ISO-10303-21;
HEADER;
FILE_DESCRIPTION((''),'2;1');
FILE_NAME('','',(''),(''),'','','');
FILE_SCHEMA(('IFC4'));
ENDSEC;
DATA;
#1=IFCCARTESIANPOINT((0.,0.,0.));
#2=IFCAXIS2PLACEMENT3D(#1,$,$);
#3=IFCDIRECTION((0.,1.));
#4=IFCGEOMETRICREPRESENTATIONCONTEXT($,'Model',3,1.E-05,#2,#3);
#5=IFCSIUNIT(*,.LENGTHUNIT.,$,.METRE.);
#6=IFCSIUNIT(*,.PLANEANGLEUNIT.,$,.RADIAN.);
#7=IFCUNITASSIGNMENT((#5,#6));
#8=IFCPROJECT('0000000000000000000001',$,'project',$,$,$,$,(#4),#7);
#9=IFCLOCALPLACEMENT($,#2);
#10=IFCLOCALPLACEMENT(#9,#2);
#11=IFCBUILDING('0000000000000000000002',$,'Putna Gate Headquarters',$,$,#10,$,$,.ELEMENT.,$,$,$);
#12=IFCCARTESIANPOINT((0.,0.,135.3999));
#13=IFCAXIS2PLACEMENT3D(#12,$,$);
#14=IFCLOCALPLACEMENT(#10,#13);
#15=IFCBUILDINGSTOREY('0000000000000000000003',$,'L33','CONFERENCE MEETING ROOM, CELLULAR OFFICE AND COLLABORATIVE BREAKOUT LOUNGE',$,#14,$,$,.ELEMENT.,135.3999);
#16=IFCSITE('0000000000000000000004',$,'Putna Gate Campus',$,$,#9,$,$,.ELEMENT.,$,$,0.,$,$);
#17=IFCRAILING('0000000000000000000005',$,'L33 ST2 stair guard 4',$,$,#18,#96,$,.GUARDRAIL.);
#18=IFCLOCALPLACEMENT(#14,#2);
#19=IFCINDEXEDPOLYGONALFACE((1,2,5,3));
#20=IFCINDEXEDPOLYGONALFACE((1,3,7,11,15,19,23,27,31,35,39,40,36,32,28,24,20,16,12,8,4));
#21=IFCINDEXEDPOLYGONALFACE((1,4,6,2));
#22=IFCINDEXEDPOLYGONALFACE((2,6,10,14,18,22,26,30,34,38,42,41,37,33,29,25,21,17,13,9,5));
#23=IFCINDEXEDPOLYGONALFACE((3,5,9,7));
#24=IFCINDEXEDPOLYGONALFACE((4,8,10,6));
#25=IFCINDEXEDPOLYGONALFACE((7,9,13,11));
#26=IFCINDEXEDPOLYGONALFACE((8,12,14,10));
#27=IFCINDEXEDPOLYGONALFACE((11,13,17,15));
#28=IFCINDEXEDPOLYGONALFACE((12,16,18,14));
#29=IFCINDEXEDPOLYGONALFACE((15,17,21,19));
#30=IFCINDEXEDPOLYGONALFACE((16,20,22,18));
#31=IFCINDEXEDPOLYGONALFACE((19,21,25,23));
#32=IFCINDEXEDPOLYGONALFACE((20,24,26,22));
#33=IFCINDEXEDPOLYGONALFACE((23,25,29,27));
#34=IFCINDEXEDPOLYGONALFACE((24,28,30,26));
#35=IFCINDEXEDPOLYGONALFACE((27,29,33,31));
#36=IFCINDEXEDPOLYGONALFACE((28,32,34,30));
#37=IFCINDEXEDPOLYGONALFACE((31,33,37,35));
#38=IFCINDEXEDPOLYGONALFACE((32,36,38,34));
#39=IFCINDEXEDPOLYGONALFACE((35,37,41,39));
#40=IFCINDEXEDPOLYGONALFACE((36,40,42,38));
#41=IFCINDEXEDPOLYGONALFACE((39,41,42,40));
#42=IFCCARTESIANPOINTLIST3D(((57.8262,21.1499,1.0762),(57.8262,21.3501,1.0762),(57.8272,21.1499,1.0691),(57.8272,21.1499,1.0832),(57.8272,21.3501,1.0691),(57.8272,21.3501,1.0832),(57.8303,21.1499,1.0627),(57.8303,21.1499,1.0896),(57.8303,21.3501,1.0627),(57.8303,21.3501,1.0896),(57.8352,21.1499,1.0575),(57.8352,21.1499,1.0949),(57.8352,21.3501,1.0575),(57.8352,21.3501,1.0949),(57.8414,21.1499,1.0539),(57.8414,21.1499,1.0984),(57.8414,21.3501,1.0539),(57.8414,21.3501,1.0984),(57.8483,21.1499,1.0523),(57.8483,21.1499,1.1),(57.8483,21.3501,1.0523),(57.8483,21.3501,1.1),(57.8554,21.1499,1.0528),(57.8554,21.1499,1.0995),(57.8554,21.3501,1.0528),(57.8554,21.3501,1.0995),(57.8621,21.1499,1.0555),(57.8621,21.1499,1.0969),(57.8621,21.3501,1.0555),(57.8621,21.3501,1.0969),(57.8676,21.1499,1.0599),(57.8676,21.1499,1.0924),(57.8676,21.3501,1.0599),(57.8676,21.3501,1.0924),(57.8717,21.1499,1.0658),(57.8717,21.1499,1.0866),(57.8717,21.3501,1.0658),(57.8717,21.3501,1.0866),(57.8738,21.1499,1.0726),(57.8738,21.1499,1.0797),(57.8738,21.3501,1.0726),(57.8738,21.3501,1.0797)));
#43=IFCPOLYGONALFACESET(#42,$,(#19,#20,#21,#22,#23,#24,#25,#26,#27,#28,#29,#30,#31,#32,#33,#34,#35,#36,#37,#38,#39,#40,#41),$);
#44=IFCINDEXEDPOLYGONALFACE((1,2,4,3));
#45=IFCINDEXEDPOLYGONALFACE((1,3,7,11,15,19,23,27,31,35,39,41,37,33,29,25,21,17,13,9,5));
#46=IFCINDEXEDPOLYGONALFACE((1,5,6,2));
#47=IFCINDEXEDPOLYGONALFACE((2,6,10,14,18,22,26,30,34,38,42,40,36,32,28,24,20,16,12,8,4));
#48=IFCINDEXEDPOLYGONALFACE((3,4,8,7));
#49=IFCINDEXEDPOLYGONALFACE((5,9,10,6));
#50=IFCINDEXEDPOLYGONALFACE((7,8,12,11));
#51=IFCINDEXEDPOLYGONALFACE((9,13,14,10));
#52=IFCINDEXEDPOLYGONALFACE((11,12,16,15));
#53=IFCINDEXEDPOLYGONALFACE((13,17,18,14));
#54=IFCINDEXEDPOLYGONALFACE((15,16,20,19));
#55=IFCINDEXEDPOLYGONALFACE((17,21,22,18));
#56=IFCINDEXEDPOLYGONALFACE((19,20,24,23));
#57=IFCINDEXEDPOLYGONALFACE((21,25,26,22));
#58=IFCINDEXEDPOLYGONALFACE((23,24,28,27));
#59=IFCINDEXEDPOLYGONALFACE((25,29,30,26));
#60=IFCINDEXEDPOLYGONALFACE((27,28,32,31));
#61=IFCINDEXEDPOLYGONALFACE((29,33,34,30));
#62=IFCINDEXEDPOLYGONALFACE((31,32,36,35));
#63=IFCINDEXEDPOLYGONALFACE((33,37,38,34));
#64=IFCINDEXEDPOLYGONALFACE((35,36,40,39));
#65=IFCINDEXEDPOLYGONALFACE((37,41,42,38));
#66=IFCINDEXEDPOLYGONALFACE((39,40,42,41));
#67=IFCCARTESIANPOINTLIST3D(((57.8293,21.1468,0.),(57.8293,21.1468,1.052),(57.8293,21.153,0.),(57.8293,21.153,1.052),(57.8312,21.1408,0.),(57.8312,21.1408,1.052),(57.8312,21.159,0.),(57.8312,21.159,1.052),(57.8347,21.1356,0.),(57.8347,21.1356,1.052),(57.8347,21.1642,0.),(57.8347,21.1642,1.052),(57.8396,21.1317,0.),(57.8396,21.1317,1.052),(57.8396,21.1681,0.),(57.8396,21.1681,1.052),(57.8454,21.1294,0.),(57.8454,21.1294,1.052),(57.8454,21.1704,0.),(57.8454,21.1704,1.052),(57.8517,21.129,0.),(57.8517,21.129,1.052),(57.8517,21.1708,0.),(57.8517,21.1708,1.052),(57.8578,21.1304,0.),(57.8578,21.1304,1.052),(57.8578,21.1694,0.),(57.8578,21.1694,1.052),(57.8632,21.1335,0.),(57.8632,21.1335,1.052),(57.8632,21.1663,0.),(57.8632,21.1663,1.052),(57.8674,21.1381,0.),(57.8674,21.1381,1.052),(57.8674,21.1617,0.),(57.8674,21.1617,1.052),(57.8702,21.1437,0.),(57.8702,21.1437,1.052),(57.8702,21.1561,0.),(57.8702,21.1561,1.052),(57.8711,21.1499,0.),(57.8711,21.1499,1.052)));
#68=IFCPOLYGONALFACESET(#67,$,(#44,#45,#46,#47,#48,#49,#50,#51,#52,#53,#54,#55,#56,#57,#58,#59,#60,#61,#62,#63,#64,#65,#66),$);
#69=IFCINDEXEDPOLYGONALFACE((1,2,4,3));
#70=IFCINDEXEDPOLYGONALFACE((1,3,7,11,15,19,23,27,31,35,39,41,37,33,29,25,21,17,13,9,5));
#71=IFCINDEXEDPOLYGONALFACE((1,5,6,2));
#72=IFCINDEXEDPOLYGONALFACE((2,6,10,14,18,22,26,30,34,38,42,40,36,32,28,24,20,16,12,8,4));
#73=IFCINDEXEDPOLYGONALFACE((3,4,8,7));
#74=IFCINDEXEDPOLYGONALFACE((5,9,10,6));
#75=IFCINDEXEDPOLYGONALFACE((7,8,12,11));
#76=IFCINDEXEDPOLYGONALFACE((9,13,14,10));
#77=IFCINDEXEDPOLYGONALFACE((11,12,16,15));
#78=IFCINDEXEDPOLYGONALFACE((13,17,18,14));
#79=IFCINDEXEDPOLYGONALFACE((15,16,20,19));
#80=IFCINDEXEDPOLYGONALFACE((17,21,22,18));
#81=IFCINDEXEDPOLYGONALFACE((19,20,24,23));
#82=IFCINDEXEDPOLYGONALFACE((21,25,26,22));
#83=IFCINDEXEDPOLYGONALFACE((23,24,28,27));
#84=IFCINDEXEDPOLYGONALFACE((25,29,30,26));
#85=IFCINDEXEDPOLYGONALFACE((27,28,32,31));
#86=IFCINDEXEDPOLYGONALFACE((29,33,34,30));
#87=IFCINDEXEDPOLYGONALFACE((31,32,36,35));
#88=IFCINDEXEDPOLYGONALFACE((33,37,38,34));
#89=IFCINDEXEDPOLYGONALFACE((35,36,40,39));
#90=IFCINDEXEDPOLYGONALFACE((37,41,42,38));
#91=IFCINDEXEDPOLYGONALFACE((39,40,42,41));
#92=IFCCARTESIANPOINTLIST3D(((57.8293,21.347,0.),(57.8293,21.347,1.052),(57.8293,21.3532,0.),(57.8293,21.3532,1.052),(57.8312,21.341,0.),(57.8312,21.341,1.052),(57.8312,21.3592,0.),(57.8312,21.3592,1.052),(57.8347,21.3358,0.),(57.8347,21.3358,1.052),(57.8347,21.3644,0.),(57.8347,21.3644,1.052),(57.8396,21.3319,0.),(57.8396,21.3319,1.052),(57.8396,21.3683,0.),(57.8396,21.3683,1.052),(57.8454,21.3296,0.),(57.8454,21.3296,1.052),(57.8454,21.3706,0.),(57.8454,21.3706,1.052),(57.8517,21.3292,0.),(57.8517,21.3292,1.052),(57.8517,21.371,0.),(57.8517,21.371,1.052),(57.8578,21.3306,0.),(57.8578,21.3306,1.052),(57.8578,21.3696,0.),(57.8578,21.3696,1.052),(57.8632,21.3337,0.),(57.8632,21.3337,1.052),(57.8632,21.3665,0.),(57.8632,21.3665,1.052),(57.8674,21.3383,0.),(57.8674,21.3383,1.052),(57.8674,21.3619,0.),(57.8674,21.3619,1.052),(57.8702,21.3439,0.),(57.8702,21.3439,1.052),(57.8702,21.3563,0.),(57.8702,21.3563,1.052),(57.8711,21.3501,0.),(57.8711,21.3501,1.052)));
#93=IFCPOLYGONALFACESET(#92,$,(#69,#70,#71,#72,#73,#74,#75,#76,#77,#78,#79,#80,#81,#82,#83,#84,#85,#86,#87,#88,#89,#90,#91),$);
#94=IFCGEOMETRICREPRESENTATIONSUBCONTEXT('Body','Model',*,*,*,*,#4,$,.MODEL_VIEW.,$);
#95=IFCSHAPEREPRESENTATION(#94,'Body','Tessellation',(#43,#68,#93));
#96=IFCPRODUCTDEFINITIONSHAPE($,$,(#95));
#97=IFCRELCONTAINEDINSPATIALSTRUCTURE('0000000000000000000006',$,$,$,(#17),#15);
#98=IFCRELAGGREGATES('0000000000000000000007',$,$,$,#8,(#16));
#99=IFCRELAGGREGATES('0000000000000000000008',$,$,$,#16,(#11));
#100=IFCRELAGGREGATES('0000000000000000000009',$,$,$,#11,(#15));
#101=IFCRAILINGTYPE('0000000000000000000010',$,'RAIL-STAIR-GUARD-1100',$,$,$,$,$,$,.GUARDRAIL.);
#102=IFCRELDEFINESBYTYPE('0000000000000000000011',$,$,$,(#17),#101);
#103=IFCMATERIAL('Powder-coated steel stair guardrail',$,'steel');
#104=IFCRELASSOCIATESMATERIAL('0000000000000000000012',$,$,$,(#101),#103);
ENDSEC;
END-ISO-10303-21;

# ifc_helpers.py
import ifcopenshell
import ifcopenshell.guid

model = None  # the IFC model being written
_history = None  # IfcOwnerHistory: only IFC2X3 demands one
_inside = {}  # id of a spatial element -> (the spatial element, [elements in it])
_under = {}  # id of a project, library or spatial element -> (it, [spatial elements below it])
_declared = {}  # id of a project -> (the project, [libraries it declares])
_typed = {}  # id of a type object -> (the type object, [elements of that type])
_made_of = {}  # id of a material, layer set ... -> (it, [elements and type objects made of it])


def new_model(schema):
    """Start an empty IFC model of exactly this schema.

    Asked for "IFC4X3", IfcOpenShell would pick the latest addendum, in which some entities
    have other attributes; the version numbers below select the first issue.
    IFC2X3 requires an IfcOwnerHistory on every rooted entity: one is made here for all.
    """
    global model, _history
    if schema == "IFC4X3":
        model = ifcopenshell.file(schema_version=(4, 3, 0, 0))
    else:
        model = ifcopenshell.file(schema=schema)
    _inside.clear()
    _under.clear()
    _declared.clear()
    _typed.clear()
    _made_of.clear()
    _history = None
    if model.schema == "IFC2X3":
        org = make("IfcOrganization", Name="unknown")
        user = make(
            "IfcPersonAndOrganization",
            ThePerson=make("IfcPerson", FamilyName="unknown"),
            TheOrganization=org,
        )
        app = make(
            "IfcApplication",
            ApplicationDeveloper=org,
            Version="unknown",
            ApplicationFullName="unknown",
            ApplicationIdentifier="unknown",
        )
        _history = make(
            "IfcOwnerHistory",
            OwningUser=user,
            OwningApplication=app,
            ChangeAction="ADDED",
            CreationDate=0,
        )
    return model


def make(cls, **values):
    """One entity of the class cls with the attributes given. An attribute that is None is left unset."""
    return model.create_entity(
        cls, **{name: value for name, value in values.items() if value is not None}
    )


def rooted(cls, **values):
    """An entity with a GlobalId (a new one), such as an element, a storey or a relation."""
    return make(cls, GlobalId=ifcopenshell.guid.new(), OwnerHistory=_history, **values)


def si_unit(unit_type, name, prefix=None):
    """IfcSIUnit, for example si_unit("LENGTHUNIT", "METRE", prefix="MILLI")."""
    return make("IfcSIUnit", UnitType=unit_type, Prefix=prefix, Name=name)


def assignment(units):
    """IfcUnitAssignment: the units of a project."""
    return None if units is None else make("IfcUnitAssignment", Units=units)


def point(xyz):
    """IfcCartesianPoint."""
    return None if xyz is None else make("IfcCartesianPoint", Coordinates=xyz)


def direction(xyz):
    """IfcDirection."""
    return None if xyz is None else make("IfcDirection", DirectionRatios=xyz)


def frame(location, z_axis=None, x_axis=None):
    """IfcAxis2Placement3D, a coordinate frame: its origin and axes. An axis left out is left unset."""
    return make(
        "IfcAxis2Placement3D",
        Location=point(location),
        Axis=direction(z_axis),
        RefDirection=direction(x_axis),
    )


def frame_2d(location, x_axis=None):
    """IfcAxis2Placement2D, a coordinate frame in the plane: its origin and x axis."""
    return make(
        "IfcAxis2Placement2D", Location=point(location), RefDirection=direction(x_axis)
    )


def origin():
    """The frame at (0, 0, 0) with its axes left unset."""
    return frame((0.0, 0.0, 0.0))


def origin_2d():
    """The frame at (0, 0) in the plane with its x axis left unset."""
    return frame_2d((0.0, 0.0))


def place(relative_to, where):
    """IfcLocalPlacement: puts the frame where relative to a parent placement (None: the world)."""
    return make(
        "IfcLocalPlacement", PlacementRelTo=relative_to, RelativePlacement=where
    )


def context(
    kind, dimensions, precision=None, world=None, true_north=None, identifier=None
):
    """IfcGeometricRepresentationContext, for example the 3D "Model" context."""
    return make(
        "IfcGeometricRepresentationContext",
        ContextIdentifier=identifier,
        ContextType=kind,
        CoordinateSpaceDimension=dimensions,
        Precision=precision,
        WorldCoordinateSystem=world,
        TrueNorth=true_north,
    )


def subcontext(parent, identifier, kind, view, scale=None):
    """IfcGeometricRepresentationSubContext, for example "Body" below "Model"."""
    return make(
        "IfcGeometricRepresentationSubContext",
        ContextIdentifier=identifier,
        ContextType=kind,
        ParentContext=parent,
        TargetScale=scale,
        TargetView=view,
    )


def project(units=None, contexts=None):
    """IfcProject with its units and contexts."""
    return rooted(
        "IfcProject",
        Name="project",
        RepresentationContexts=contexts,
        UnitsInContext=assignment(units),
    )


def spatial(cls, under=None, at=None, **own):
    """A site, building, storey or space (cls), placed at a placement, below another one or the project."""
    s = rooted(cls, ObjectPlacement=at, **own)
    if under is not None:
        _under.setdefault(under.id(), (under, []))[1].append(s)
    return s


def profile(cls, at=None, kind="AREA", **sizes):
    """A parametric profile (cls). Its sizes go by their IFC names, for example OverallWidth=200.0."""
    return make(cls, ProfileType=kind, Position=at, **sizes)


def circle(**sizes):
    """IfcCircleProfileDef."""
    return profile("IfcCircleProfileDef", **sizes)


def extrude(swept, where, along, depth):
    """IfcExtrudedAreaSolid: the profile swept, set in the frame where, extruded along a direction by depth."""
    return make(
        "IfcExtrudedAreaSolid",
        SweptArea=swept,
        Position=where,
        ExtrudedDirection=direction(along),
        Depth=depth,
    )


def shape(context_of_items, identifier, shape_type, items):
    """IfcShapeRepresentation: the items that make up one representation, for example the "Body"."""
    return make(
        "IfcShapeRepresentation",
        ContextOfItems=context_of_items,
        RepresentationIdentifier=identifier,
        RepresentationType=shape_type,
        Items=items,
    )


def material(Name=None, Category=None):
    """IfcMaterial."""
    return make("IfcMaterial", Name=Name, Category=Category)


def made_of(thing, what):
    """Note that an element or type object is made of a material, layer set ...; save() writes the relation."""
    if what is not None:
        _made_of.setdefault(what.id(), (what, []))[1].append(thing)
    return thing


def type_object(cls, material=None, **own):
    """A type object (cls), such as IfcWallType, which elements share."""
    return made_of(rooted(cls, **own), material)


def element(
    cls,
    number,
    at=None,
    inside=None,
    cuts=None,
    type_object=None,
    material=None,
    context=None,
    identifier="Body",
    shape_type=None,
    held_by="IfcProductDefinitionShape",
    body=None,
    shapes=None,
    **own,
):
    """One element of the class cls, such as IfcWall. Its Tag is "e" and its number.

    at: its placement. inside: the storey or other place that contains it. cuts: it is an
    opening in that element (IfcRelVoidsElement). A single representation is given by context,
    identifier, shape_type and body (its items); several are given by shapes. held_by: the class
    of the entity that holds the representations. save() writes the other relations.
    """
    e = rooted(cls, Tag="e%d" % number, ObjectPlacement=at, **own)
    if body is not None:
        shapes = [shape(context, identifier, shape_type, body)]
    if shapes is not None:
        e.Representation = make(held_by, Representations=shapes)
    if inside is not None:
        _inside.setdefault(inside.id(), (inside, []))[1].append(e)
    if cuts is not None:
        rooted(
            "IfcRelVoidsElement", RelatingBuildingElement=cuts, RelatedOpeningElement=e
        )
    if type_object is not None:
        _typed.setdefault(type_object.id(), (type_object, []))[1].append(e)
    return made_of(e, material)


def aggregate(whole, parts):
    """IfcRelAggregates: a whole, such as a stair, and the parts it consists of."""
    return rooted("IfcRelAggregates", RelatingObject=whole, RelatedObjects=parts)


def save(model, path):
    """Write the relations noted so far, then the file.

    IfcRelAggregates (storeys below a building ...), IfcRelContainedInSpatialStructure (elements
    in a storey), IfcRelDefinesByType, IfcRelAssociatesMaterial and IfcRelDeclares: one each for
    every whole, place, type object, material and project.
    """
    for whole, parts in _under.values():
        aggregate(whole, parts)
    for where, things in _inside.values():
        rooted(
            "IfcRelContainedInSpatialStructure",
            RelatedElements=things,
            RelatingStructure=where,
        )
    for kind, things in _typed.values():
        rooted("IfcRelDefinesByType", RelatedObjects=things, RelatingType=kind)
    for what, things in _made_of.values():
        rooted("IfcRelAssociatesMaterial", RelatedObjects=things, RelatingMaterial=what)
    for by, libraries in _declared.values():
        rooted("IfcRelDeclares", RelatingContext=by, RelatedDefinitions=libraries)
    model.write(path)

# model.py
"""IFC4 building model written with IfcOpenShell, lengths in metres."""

from ifc_helpers import new_model, si_unit, direction, frame, origin, origin_2d, place, context, subcontext, project, spatial, circle, extrude, material, type_object, element, save


model = new_model("IFC4")

# Units and contexts
model_context = context("Model", 3, precision=1e-05, world=origin(), true_north=direction((0.0, 1.0)))
body_context = subcontext(model_context, "Body", "Model", "MODEL_VIEW")
ifc_project = project(units=[si_unit("LENGTHUNIT", "METRE"), si_unit("PLANEANGLEUNIT", "RADIAN")], contexts=[model_context])

# Site, building, storey
site_placement = place(None, origin())
site = spatial("IfcSite", under=ifc_project, at=site_placement, Name="Putna Gate Campus", CompositionType="ELEMENT", RefElevation=0.0)
building_placement = place(site_placement, origin())
building = spatial("IfcBuilding", under=site, at=building_placement, Name="Putna Gate Headquarters", CompositionType="ELEMENT")
storey_placement = place(building_placement, frame((0.0, 0.0, 135.3999)))
storey = spatial("IfcBuildingStorey", under=building, at=storey_placement, Name="L33", Description="CONFERENCE MEETING ROOM, CELLULAR OFFICE AND COLLABORATIVE BREAKOUT LOUNGE", CompositionType="ELEMENT", Elevation=135.3999)

# Railing
ifc_material_1 = material(Name="Powder-coated steel stair guardrail", Category="steel")
railing_type_1 = type_object("IfcRailingType", Name="RAIL-STAIR-GUARD-1100", PredefinedType="GUARDRAIL", material=ifc_material_1)
railing_1_placement = place(storey_placement, frame((57.8501, 21.1499, 0.0)))
element("IfcRailing", 1, at=railing_1_placement, inside=storey, type_object=railing_type_1, Name="L33 ST2 stair guard 4", PredefinedType="GUARDRAIL", context=body_context, shape_type="SweptSolid", body=[
    extrude(circle(Radius=0.0239, at=origin_2d()), frame((0.0, 0.0, 1.0762), z_axis=(0.0, 1.0, 0.0), x_axis=(-1.0, 0.0, 0.0)), (0.0, 0.0, 1.0), 0.2002),
    extrude(circle(Radius=0.021, at=origin_2d()), origin(), (0.0, 0.0, 1.0), 1.052),
    extrude(circle(Radius=0.021, at=origin_2d()), frame((0.0, 0.2002, 0.0)), (0.0, 0.0, 1.0), 1.052),
])

save(model, "model.ifc")
